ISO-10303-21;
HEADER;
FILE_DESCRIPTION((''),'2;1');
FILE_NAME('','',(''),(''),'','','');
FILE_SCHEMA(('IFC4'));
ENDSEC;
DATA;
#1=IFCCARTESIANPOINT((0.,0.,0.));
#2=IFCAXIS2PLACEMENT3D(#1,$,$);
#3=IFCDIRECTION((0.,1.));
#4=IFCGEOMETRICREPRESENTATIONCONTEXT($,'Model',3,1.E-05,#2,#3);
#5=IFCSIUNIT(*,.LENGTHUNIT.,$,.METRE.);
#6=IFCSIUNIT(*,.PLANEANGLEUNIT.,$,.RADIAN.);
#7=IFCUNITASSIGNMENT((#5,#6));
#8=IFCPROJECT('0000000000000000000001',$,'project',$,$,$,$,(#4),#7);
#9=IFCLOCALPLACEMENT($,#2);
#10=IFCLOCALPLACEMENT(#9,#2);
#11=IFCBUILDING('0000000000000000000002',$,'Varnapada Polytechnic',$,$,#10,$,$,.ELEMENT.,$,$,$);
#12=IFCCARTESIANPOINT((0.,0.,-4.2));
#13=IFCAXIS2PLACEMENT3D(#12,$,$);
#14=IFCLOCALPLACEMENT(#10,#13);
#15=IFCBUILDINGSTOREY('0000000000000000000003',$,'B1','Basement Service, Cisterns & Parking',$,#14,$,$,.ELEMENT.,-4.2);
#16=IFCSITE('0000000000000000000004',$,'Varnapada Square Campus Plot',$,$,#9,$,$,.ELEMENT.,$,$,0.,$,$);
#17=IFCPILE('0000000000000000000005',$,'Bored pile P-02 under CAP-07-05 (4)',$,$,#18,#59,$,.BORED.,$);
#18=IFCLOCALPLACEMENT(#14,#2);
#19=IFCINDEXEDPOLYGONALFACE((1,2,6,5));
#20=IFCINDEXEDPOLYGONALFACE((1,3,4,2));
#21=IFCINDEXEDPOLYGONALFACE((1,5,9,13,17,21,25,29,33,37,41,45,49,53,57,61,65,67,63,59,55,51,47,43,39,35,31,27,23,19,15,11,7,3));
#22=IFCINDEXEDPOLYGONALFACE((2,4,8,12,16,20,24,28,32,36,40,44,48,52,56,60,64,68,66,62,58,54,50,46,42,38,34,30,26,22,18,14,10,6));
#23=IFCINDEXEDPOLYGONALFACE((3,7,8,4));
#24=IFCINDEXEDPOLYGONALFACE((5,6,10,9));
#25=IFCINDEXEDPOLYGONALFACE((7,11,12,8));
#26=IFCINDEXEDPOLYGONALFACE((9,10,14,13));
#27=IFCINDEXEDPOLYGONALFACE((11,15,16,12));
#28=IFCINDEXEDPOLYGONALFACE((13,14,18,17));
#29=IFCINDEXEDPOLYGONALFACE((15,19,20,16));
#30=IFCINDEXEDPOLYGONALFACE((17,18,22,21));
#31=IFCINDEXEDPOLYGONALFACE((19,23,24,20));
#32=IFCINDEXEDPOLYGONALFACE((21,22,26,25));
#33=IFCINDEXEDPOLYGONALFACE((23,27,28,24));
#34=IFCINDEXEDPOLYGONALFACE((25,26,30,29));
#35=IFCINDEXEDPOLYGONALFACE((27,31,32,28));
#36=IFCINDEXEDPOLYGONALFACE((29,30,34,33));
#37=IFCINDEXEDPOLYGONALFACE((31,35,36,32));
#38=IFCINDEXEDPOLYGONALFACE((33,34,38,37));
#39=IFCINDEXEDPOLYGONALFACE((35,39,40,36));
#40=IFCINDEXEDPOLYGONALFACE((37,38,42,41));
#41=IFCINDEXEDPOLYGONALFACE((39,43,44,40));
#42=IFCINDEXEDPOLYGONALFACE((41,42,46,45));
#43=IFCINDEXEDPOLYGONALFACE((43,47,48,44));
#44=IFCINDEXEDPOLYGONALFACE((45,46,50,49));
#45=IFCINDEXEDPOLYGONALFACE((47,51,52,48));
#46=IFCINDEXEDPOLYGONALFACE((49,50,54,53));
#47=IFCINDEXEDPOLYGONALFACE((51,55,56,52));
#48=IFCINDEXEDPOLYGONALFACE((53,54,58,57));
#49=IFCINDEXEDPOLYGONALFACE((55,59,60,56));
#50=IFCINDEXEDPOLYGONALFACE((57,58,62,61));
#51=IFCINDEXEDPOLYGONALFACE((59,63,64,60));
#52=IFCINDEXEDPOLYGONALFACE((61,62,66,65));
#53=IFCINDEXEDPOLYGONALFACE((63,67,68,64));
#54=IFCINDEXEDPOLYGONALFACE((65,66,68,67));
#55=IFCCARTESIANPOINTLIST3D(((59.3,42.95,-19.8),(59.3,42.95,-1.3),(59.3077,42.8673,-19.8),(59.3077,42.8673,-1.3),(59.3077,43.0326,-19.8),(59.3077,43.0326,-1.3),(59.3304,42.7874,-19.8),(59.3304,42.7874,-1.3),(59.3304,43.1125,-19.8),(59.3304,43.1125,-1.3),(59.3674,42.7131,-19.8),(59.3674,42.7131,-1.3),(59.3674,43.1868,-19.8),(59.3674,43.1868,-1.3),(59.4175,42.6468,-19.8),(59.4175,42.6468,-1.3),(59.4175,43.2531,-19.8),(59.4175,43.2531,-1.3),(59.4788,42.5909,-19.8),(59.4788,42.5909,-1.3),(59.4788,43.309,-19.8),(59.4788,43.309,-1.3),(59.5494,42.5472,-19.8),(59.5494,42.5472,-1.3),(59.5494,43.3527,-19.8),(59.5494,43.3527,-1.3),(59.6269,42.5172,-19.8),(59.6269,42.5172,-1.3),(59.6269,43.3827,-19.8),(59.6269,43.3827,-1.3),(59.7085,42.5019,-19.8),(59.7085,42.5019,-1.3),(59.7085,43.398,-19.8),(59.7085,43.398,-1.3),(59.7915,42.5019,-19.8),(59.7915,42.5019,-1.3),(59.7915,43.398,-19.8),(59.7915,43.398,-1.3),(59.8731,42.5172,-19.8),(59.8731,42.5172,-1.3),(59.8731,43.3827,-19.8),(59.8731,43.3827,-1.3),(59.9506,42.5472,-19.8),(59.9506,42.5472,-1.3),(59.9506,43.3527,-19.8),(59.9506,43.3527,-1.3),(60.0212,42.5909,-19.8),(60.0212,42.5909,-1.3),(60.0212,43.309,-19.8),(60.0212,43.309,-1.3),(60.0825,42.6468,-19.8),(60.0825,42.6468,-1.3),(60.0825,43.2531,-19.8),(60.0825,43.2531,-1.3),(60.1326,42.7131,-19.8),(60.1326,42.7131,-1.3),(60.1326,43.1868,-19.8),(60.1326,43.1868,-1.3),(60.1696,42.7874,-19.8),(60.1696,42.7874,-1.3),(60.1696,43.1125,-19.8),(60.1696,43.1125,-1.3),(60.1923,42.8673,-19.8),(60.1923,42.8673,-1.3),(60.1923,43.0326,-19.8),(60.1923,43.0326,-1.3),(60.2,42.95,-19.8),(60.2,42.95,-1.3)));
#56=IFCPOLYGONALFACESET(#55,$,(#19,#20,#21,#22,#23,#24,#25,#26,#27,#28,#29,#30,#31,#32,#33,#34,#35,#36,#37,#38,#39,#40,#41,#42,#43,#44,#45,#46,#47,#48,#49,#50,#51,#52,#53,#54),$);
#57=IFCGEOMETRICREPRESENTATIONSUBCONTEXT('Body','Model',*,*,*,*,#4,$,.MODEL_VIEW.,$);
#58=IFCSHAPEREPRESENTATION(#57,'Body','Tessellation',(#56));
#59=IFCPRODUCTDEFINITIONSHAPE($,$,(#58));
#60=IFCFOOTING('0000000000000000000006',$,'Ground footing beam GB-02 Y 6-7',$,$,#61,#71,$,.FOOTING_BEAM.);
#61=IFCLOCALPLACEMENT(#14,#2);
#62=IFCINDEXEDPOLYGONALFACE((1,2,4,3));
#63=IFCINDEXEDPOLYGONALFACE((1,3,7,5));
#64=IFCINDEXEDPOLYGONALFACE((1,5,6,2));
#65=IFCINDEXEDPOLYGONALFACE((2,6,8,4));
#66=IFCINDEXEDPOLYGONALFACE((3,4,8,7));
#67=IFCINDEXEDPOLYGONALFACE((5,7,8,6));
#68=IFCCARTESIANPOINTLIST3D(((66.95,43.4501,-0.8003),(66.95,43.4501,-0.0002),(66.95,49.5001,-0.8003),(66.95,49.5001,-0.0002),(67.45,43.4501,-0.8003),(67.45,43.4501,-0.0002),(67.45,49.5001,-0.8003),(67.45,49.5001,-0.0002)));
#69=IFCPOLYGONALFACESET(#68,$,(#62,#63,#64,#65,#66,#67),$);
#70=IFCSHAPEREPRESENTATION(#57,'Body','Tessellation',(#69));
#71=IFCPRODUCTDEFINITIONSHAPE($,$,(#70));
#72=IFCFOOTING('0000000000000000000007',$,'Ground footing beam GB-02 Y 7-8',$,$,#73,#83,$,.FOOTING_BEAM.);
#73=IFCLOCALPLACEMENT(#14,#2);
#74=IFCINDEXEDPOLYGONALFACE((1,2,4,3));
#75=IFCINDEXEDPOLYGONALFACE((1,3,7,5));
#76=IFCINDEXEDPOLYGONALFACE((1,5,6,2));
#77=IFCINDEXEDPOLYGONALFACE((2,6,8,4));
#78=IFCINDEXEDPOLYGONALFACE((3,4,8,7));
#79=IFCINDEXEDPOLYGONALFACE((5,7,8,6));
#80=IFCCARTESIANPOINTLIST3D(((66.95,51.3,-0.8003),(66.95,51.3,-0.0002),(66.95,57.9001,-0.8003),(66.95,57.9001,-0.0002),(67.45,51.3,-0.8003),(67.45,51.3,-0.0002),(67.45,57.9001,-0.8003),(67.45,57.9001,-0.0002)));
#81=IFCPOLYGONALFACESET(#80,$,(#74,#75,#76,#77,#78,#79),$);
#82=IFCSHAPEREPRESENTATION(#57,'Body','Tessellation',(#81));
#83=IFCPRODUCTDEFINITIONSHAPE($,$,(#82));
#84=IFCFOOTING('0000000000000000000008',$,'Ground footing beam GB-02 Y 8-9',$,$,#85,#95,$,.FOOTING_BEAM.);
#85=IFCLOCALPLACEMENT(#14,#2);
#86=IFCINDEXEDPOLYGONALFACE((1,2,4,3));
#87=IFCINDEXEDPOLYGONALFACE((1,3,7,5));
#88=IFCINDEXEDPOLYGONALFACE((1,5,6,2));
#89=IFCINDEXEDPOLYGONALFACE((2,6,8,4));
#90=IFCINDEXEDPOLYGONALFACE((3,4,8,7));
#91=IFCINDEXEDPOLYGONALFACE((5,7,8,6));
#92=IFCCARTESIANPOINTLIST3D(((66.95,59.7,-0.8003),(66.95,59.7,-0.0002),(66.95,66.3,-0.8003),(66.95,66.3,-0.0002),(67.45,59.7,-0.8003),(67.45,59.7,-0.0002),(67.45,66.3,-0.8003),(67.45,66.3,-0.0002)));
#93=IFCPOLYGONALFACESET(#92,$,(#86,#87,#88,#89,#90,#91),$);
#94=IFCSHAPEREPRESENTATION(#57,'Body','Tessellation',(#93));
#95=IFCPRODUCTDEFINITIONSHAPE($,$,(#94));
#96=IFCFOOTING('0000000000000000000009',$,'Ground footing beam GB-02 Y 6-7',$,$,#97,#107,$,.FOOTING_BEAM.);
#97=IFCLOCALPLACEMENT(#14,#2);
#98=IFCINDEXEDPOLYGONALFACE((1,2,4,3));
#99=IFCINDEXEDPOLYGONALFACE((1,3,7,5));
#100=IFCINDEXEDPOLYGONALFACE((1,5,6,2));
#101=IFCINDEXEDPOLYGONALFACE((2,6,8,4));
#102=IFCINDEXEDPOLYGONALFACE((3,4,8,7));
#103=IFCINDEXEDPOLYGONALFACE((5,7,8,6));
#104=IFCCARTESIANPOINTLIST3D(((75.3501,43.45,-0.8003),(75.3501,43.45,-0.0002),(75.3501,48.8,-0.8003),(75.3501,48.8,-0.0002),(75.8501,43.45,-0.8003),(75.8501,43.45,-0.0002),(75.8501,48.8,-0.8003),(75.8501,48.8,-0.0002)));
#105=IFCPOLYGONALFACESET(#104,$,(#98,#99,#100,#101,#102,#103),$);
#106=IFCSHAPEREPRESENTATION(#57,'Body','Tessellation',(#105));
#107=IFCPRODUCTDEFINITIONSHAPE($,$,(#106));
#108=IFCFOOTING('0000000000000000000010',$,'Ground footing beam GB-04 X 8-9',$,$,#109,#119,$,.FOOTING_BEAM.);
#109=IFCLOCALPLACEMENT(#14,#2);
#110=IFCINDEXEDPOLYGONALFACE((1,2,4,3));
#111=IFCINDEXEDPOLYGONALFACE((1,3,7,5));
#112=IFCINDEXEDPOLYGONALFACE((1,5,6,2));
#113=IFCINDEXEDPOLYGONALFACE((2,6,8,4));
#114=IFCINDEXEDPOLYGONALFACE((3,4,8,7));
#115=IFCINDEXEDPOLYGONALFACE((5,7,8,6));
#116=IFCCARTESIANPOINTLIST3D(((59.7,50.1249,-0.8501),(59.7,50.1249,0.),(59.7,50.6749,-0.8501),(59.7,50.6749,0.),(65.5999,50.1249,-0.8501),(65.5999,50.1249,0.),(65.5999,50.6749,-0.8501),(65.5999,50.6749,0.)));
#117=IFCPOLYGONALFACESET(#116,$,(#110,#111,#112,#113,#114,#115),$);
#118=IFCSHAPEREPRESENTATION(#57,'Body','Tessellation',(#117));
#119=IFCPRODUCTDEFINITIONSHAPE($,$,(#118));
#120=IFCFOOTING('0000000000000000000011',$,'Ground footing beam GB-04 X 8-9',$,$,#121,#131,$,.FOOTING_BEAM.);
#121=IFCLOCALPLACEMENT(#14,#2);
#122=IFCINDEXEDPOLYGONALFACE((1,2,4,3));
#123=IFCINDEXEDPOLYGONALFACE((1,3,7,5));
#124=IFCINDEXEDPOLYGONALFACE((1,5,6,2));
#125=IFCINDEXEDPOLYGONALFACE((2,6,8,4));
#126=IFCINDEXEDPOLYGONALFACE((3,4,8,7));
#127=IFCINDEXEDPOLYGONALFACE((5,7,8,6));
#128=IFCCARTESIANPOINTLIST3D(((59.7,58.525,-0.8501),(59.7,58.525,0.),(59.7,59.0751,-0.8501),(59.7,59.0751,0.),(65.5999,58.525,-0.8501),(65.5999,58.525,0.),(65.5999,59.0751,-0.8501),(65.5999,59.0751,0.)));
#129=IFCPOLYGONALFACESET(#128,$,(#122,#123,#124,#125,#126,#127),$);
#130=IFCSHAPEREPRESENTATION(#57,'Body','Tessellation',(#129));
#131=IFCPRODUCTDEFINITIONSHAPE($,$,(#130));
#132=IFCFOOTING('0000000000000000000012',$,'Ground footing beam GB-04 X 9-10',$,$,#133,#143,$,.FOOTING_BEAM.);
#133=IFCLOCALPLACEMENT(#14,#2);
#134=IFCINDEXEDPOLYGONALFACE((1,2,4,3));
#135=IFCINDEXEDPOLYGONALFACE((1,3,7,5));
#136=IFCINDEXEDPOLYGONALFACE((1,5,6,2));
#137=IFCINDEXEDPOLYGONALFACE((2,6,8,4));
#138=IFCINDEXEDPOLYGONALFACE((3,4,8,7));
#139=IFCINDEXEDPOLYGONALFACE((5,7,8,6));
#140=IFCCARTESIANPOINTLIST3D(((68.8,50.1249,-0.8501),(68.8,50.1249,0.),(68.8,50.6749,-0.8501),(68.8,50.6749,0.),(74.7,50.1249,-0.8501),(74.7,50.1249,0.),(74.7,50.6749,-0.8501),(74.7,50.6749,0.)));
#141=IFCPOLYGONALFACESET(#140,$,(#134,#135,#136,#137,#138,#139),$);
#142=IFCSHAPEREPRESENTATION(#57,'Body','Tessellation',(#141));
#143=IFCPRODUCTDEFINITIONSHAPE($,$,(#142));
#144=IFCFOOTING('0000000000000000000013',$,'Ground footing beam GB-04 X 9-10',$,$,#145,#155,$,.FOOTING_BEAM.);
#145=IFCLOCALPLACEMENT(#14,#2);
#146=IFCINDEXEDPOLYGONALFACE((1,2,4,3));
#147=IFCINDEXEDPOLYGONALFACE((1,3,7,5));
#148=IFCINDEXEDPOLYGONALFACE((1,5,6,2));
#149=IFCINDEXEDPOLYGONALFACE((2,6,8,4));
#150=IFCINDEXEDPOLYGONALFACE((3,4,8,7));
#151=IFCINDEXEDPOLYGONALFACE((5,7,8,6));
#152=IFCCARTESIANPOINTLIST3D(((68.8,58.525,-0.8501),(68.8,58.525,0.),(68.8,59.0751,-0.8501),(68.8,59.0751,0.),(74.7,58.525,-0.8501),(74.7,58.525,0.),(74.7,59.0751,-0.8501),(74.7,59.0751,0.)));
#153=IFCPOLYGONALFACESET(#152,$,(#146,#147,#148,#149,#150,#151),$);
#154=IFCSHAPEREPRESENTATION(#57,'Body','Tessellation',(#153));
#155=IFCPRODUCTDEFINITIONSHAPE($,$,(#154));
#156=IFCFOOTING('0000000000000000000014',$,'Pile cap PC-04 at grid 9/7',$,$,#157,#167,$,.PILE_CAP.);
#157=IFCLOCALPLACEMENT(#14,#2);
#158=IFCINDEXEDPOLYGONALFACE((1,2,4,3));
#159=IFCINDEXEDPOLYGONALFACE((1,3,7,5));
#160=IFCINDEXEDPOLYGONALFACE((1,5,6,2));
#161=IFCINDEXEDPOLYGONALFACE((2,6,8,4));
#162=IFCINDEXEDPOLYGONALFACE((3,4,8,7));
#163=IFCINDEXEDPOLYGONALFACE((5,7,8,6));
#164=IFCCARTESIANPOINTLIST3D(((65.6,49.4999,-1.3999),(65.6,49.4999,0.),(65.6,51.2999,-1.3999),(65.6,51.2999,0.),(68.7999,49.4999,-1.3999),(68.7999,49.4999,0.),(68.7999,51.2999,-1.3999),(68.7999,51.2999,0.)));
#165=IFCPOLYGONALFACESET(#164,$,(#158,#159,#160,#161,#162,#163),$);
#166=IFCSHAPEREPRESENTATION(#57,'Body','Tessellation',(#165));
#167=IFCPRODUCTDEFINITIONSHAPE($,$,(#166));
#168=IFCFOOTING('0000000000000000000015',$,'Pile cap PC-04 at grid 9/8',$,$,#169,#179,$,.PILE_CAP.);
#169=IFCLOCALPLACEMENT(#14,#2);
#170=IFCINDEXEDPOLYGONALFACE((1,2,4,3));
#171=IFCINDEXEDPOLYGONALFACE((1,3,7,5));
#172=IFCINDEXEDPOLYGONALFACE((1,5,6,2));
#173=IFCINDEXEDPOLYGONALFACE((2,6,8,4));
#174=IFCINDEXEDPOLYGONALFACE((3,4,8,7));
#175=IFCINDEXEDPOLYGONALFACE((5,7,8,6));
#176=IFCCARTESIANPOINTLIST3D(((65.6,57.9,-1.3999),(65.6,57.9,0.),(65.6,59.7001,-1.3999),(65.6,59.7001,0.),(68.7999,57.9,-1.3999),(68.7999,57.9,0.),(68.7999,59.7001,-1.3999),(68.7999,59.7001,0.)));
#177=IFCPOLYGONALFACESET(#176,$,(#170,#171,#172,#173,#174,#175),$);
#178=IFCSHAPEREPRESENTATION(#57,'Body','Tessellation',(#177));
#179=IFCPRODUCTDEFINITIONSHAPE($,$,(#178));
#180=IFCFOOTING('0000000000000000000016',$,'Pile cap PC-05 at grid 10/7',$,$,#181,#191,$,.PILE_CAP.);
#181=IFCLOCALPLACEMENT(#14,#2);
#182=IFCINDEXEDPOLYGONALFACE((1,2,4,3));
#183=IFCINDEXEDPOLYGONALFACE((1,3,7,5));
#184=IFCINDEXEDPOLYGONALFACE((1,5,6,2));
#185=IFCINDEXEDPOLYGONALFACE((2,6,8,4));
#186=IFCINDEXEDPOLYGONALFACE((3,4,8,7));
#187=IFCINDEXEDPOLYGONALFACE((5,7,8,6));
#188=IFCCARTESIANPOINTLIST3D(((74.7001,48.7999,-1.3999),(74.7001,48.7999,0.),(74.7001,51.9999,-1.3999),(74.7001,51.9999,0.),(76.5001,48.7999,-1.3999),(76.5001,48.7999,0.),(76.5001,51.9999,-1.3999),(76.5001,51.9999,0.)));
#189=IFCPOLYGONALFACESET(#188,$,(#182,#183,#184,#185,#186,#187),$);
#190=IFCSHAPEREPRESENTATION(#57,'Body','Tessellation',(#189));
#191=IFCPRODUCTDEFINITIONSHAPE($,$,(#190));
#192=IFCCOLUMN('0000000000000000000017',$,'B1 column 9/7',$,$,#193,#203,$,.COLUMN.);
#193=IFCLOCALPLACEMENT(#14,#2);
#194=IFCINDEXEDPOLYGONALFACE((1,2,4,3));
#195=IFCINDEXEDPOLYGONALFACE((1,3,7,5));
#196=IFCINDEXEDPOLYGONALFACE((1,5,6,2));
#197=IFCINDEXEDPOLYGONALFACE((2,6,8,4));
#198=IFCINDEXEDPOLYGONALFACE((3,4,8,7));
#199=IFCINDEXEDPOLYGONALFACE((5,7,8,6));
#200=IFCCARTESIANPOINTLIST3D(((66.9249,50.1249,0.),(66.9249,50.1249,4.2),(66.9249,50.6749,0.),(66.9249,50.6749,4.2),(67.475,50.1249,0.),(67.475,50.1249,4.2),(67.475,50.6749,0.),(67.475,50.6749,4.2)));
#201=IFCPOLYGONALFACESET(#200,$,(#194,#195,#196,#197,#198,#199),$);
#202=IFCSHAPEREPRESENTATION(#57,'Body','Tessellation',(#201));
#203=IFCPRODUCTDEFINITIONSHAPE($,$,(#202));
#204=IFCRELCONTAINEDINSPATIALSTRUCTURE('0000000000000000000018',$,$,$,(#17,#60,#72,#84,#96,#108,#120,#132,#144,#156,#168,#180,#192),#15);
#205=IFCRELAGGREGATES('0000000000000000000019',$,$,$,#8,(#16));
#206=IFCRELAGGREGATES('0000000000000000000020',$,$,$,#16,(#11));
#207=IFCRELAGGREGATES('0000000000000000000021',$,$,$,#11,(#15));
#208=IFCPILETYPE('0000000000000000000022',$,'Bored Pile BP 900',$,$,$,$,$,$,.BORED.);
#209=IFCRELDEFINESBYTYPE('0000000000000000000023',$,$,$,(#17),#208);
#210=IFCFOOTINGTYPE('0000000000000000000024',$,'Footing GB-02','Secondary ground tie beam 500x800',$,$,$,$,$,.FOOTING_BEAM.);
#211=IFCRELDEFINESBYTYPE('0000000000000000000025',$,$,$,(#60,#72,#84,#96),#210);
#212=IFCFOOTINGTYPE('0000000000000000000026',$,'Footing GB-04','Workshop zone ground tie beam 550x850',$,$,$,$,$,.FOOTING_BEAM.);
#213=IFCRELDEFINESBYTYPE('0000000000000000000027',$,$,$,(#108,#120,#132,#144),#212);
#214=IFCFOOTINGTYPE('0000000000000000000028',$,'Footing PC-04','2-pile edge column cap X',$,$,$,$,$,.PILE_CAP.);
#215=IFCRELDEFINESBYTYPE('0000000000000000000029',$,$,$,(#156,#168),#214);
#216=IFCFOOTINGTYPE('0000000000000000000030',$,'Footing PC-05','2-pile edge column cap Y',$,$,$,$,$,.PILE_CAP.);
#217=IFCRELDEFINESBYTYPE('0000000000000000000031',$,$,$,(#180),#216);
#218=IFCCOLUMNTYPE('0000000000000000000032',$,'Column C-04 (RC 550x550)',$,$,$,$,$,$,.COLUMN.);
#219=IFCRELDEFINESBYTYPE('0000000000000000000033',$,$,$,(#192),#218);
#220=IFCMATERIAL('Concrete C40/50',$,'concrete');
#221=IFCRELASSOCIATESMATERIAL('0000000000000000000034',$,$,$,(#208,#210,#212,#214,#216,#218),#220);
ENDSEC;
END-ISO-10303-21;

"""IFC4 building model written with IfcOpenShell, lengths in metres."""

from ifc_helpers import new_model, si_unit, direction, frame, origin, origin_2d, place, context, subcontext, project, spatial, rectangle, circle, extrude, material, material_profile, profile_set, type_object, element, save


model = new_model("IFC4")

# Units and contexts
model_context = context("Model", 3, precision=1e-05, world=origin(), true_north=direction((0.0, 1.0)))
body_context = subcontext(model_context, "Body", "Model", "MODEL_VIEW")
ifc_project = project(units=[si_unit("LENGTHUNIT", "METRE"), si_unit("PLANEANGLEUNIT", "RADIAN")], contexts=[model_context])

# Site, building, storey
site_placement = place(None, origin())
site = spatial("IfcSite", under=ifc_project, at=site_placement, Name="Varnapada Square Campus Plot", CompositionType="ELEMENT", RefElevation=0.0)
building_placement = place(site_placement, origin())
building = spatial("IfcBuilding", under=site, at=building_placement, Name="Varnapada Polytechnic", CompositionType="ELEMENT")
storey_placement = place(building_placement, frame((0.0, 0.0, -4.2)))
storey = spatial("IfcBuildingStorey", under=building, at=storey_placement, Name="B1", Description="Basement Service, Cisterns & Parking", CompositionType="ELEMENT", Elevation=-4.2)

# Pile
ifc_material_1 = material(Name="Concrete C40/50", Category="concrete")
ifc_material_profile_1 = material_profile(ifc_material_1, circle(Radius=0.45, at=origin_2d()), Name="BP 900")
ifc_profile_set_1 = profile_set([ifc_material_profile_1], Name="Concrete C40/50")
pile_type_1 = type_object("IfcPileType", Name="Bored Pile BP 900", PredefinedType="BORED", material=ifc_profile_set_1)
pile_1_placement = place(storey_placement, frame((59.75, 42.95, -1.3), z_axis=(0.0, 0.0, -1.0), x_axis=(1.0, 0.0, 0.0)))
element("IfcPile", 1, at=pile_1_placement, inside=storey, type_object=pile_type_1, Name="Bored pile P-02 under CAP-07-05 (4)", PredefinedType="BORED", context=body_context, shape_type="SweptSolid", body=[
    extrude(circle(Radius=0.45, at=origin_2d()), origin(), (0.0, 0.0, 1.0), 18.5),
])

# Footings
footing_type_1 = type_object("IfcFootingType", Name="Footing GB-02", Description="Secondary ground tie beam 500x800", PredefinedType="FOOTING_BEAM", material=ifc_material_1)
footing_1_placement = place(storey_placement, frame((67.2, 46.4751, -0.8003), z_axis=(0.0, 0.0, 1.0), x_axis=(0.0, 1.0, 0.0)))
element("IfcFooting", 2, at=footing_1_placement, inside=storey, type_object=footing_type_1, Name="Ground footing beam GB-02 Y 6-7", PredefinedType="FOOTING_BEAM", context=body_context, shape_type="SweptSolid", body=[
    extrude(rectangle(XDim=6.05, YDim=0.5, at=origin_2d()), origin(), (0.0, 0.0, 1.0), 0.8),
])
for number, where, z_axis, x_axis, name in (
    (3, (67.2, 54.6001, -0.8003), (0.0, 0.0, 1.0), (0.0, 1.0, 0.0), "Ground footing beam GB-02 Y 7-8"),
    (4, (67.2, 63.0, -0.8003), (0.0, 0.0, 1.0), (0.0, 1.0, 0.0), "Ground footing beam GB-02 Y 8-9"),
):
    element("IfcFooting", number, at=place(storey_placement, frame(where, z_axis=z_axis, x_axis=x_axis)), inside=storey, type_object=footing_type_1, Name=name, PredefinedType="FOOTING_BEAM", context=body_context, shape_type="SweptSolid", body=[
        extrude(rectangle(XDim=6.6001, YDim=0.5, at=origin_2d()), origin(), (0.0, 0.0, 1.0), 0.8),
    ])
footing_2_placement = place(storey_placement, frame((75.6001, 46.125, -0.8003), z_axis=(0.0, 0.0, 1.0), x_axis=(0.0, 1.0, 0.0)))
element("IfcFooting", 5, at=footing_2_placement, inside=storey, type_object=footing_type_1, Name="Ground footing beam GB-02 Y 6-7", PredefinedType="FOOTING_BEAM", context=body_context, shape_type="SweptSolid", body=[
    extrude(rectangle(XDim=5.3501, YDim=0.5, at=origin_2d()), origin(), (0.0, 0.0, 1.0), 0.8),
])
footing_type_2 = type_object("IfcFootingType", Name="Footing GB-04", Description="Workshop zone ground tie beam 550x850", PredefinedType="FOOTING_BEAM", material=ifc_material_1)
for number, where, z_axis, x_axis, name in (
    (6, (62.6499, 50.3999, -0.8501), (0.0, 0.0, 1.0), (1.0, 0.0, 0.0), "Ground footing beam GB-04 X 8-9"),
    (7, (62.6499, 58.8, -0.8501), (0.0, 0.0, 1.0), (1.0, 0.0, 0.0), "Ground footing beam GB-04 X 8-9"),
    (8, (71.75, 50.3999, -0.8501), (0.0, 0.0, 1.0), (1.0, 0.0, 0.0), "Ground footing beam GB-04 X 9-10"),
    (9, (71.75, 58.8, -0.8501), (0.0, 0.0, 1.0), (1.0, 0.0, 0.0), "Ground footing beam GB-04 X 9-10"),
):
    element("IfcFooting", number, at=place(storey_placement, frame(where, z_axis=z_axis, x_axis=x_axis)), inside=storey, type_object=footing_type_2, Name=name, PredefinedType="FOOTING_BEAM", context=body_context, shape_type="SweptSolid", body=[
        extrude(rectangle(XDim=5.8999, YDim=0.55, at=origin_2d()), origin(), (0.0, 0.0, 1.0), 0.8501),
    ])
footing_type_3 = type_object("IfcFootingType", Name="Footing PC-04", Description="2-pile edge column cap X", PredefinedType="PILE_CAP", material=ifc_material_1)
for number, where, z_axis, x_axis, name in (
    (10, (67.2, 50.3999, -1.3999), (0.0, 0.0, 1.0), (1.0, 0.0, 0.0), "Pile cap PC-04 at grid 9/7"),
    (11, (67.2, 58.8, -1.3999), (0.0, 0.0, 1.0), (1.0, 0.0, 0.0), "Pile cap PC-04 at grid 9/8"),
):
    element("IfcFooting", number, at=place(storey_placement, frame(where, z_axis=z_axis, x_axis=x_axis)), inside=storey, type_object=footing_type_3, Name=name, PredefinedType="PILE_CAP", context=body_context, shape_type="SweptSolid", body=[
        extrude(rectangle(XDim=3.2, YDim=1.8, at=origin_2d()), origin(), (0.0, 0.0, 1.0), 1.3999),
    ])
footing_type_4 = type_object("IfcFootingType", Name="Footing PC-05", Description="2-pile edge column cap Y", PredefinedType="PILE_CAP", material=ifc_material_1)
footing_3_placement = place(storey_placement, frame((75.6001, 50.3999, -1.3999), z_axis=(0.0, 0.0, 1.0), x_axis=(1.0, 0.0, 0.0)))
element("IfcFooting", 12, at=footing_3_placement, inside=storey, type_object=footing_type_4, Name="Pile cap PC-05 at grid 10/7", PredefinedType="PILE_CAP", context=body_context, shape_type="SweptSolid", body=[
    extrude(rectangle(XDim=1.8, YDim=3.2, at=origin_2d()), origin(), (0.0, 0.0, 1.0), 1.3999),
])

# Column
ifc_material_profile_2 = material_profile(ifc_material_1, rectangle(XDim=0.55, YDim=0.55, at=origin_2d()), Name="RC 550x550")
ifc_profile_set_2 = profile_set([ifc_material_profile_2], Name="Concrete C40/50")
column_type = type_object("IfcColumnType", Name="Column C-04 (RC 550x550)", PredefinedType="COLUMN", material=ifc_profile_set_2)
for number, where, z_axis, x_axis, name in (
    (13, (67.2, 50.3999, 0.0), (0.0, 0.0, 1.0), (1.0, 0.0, 0.0), "B1 column 9/7"),
):
    element("IfcColumn", number, at=place(storey_placement, frame(where, z_axis=z_axis, x_axis=x_axis)), inside=storey, type_object=column_type, Name=name, PredefinedType="COLUMN", context=body_context, shape_type="SweptSolid", body=[
        extrude(rectangle(XDim=0.55, YDim=0.55, at=origin_2d()), origin(), (0.0, 0.0, 1.0), 4.2),
    ])

save(model, "model.ifc")
